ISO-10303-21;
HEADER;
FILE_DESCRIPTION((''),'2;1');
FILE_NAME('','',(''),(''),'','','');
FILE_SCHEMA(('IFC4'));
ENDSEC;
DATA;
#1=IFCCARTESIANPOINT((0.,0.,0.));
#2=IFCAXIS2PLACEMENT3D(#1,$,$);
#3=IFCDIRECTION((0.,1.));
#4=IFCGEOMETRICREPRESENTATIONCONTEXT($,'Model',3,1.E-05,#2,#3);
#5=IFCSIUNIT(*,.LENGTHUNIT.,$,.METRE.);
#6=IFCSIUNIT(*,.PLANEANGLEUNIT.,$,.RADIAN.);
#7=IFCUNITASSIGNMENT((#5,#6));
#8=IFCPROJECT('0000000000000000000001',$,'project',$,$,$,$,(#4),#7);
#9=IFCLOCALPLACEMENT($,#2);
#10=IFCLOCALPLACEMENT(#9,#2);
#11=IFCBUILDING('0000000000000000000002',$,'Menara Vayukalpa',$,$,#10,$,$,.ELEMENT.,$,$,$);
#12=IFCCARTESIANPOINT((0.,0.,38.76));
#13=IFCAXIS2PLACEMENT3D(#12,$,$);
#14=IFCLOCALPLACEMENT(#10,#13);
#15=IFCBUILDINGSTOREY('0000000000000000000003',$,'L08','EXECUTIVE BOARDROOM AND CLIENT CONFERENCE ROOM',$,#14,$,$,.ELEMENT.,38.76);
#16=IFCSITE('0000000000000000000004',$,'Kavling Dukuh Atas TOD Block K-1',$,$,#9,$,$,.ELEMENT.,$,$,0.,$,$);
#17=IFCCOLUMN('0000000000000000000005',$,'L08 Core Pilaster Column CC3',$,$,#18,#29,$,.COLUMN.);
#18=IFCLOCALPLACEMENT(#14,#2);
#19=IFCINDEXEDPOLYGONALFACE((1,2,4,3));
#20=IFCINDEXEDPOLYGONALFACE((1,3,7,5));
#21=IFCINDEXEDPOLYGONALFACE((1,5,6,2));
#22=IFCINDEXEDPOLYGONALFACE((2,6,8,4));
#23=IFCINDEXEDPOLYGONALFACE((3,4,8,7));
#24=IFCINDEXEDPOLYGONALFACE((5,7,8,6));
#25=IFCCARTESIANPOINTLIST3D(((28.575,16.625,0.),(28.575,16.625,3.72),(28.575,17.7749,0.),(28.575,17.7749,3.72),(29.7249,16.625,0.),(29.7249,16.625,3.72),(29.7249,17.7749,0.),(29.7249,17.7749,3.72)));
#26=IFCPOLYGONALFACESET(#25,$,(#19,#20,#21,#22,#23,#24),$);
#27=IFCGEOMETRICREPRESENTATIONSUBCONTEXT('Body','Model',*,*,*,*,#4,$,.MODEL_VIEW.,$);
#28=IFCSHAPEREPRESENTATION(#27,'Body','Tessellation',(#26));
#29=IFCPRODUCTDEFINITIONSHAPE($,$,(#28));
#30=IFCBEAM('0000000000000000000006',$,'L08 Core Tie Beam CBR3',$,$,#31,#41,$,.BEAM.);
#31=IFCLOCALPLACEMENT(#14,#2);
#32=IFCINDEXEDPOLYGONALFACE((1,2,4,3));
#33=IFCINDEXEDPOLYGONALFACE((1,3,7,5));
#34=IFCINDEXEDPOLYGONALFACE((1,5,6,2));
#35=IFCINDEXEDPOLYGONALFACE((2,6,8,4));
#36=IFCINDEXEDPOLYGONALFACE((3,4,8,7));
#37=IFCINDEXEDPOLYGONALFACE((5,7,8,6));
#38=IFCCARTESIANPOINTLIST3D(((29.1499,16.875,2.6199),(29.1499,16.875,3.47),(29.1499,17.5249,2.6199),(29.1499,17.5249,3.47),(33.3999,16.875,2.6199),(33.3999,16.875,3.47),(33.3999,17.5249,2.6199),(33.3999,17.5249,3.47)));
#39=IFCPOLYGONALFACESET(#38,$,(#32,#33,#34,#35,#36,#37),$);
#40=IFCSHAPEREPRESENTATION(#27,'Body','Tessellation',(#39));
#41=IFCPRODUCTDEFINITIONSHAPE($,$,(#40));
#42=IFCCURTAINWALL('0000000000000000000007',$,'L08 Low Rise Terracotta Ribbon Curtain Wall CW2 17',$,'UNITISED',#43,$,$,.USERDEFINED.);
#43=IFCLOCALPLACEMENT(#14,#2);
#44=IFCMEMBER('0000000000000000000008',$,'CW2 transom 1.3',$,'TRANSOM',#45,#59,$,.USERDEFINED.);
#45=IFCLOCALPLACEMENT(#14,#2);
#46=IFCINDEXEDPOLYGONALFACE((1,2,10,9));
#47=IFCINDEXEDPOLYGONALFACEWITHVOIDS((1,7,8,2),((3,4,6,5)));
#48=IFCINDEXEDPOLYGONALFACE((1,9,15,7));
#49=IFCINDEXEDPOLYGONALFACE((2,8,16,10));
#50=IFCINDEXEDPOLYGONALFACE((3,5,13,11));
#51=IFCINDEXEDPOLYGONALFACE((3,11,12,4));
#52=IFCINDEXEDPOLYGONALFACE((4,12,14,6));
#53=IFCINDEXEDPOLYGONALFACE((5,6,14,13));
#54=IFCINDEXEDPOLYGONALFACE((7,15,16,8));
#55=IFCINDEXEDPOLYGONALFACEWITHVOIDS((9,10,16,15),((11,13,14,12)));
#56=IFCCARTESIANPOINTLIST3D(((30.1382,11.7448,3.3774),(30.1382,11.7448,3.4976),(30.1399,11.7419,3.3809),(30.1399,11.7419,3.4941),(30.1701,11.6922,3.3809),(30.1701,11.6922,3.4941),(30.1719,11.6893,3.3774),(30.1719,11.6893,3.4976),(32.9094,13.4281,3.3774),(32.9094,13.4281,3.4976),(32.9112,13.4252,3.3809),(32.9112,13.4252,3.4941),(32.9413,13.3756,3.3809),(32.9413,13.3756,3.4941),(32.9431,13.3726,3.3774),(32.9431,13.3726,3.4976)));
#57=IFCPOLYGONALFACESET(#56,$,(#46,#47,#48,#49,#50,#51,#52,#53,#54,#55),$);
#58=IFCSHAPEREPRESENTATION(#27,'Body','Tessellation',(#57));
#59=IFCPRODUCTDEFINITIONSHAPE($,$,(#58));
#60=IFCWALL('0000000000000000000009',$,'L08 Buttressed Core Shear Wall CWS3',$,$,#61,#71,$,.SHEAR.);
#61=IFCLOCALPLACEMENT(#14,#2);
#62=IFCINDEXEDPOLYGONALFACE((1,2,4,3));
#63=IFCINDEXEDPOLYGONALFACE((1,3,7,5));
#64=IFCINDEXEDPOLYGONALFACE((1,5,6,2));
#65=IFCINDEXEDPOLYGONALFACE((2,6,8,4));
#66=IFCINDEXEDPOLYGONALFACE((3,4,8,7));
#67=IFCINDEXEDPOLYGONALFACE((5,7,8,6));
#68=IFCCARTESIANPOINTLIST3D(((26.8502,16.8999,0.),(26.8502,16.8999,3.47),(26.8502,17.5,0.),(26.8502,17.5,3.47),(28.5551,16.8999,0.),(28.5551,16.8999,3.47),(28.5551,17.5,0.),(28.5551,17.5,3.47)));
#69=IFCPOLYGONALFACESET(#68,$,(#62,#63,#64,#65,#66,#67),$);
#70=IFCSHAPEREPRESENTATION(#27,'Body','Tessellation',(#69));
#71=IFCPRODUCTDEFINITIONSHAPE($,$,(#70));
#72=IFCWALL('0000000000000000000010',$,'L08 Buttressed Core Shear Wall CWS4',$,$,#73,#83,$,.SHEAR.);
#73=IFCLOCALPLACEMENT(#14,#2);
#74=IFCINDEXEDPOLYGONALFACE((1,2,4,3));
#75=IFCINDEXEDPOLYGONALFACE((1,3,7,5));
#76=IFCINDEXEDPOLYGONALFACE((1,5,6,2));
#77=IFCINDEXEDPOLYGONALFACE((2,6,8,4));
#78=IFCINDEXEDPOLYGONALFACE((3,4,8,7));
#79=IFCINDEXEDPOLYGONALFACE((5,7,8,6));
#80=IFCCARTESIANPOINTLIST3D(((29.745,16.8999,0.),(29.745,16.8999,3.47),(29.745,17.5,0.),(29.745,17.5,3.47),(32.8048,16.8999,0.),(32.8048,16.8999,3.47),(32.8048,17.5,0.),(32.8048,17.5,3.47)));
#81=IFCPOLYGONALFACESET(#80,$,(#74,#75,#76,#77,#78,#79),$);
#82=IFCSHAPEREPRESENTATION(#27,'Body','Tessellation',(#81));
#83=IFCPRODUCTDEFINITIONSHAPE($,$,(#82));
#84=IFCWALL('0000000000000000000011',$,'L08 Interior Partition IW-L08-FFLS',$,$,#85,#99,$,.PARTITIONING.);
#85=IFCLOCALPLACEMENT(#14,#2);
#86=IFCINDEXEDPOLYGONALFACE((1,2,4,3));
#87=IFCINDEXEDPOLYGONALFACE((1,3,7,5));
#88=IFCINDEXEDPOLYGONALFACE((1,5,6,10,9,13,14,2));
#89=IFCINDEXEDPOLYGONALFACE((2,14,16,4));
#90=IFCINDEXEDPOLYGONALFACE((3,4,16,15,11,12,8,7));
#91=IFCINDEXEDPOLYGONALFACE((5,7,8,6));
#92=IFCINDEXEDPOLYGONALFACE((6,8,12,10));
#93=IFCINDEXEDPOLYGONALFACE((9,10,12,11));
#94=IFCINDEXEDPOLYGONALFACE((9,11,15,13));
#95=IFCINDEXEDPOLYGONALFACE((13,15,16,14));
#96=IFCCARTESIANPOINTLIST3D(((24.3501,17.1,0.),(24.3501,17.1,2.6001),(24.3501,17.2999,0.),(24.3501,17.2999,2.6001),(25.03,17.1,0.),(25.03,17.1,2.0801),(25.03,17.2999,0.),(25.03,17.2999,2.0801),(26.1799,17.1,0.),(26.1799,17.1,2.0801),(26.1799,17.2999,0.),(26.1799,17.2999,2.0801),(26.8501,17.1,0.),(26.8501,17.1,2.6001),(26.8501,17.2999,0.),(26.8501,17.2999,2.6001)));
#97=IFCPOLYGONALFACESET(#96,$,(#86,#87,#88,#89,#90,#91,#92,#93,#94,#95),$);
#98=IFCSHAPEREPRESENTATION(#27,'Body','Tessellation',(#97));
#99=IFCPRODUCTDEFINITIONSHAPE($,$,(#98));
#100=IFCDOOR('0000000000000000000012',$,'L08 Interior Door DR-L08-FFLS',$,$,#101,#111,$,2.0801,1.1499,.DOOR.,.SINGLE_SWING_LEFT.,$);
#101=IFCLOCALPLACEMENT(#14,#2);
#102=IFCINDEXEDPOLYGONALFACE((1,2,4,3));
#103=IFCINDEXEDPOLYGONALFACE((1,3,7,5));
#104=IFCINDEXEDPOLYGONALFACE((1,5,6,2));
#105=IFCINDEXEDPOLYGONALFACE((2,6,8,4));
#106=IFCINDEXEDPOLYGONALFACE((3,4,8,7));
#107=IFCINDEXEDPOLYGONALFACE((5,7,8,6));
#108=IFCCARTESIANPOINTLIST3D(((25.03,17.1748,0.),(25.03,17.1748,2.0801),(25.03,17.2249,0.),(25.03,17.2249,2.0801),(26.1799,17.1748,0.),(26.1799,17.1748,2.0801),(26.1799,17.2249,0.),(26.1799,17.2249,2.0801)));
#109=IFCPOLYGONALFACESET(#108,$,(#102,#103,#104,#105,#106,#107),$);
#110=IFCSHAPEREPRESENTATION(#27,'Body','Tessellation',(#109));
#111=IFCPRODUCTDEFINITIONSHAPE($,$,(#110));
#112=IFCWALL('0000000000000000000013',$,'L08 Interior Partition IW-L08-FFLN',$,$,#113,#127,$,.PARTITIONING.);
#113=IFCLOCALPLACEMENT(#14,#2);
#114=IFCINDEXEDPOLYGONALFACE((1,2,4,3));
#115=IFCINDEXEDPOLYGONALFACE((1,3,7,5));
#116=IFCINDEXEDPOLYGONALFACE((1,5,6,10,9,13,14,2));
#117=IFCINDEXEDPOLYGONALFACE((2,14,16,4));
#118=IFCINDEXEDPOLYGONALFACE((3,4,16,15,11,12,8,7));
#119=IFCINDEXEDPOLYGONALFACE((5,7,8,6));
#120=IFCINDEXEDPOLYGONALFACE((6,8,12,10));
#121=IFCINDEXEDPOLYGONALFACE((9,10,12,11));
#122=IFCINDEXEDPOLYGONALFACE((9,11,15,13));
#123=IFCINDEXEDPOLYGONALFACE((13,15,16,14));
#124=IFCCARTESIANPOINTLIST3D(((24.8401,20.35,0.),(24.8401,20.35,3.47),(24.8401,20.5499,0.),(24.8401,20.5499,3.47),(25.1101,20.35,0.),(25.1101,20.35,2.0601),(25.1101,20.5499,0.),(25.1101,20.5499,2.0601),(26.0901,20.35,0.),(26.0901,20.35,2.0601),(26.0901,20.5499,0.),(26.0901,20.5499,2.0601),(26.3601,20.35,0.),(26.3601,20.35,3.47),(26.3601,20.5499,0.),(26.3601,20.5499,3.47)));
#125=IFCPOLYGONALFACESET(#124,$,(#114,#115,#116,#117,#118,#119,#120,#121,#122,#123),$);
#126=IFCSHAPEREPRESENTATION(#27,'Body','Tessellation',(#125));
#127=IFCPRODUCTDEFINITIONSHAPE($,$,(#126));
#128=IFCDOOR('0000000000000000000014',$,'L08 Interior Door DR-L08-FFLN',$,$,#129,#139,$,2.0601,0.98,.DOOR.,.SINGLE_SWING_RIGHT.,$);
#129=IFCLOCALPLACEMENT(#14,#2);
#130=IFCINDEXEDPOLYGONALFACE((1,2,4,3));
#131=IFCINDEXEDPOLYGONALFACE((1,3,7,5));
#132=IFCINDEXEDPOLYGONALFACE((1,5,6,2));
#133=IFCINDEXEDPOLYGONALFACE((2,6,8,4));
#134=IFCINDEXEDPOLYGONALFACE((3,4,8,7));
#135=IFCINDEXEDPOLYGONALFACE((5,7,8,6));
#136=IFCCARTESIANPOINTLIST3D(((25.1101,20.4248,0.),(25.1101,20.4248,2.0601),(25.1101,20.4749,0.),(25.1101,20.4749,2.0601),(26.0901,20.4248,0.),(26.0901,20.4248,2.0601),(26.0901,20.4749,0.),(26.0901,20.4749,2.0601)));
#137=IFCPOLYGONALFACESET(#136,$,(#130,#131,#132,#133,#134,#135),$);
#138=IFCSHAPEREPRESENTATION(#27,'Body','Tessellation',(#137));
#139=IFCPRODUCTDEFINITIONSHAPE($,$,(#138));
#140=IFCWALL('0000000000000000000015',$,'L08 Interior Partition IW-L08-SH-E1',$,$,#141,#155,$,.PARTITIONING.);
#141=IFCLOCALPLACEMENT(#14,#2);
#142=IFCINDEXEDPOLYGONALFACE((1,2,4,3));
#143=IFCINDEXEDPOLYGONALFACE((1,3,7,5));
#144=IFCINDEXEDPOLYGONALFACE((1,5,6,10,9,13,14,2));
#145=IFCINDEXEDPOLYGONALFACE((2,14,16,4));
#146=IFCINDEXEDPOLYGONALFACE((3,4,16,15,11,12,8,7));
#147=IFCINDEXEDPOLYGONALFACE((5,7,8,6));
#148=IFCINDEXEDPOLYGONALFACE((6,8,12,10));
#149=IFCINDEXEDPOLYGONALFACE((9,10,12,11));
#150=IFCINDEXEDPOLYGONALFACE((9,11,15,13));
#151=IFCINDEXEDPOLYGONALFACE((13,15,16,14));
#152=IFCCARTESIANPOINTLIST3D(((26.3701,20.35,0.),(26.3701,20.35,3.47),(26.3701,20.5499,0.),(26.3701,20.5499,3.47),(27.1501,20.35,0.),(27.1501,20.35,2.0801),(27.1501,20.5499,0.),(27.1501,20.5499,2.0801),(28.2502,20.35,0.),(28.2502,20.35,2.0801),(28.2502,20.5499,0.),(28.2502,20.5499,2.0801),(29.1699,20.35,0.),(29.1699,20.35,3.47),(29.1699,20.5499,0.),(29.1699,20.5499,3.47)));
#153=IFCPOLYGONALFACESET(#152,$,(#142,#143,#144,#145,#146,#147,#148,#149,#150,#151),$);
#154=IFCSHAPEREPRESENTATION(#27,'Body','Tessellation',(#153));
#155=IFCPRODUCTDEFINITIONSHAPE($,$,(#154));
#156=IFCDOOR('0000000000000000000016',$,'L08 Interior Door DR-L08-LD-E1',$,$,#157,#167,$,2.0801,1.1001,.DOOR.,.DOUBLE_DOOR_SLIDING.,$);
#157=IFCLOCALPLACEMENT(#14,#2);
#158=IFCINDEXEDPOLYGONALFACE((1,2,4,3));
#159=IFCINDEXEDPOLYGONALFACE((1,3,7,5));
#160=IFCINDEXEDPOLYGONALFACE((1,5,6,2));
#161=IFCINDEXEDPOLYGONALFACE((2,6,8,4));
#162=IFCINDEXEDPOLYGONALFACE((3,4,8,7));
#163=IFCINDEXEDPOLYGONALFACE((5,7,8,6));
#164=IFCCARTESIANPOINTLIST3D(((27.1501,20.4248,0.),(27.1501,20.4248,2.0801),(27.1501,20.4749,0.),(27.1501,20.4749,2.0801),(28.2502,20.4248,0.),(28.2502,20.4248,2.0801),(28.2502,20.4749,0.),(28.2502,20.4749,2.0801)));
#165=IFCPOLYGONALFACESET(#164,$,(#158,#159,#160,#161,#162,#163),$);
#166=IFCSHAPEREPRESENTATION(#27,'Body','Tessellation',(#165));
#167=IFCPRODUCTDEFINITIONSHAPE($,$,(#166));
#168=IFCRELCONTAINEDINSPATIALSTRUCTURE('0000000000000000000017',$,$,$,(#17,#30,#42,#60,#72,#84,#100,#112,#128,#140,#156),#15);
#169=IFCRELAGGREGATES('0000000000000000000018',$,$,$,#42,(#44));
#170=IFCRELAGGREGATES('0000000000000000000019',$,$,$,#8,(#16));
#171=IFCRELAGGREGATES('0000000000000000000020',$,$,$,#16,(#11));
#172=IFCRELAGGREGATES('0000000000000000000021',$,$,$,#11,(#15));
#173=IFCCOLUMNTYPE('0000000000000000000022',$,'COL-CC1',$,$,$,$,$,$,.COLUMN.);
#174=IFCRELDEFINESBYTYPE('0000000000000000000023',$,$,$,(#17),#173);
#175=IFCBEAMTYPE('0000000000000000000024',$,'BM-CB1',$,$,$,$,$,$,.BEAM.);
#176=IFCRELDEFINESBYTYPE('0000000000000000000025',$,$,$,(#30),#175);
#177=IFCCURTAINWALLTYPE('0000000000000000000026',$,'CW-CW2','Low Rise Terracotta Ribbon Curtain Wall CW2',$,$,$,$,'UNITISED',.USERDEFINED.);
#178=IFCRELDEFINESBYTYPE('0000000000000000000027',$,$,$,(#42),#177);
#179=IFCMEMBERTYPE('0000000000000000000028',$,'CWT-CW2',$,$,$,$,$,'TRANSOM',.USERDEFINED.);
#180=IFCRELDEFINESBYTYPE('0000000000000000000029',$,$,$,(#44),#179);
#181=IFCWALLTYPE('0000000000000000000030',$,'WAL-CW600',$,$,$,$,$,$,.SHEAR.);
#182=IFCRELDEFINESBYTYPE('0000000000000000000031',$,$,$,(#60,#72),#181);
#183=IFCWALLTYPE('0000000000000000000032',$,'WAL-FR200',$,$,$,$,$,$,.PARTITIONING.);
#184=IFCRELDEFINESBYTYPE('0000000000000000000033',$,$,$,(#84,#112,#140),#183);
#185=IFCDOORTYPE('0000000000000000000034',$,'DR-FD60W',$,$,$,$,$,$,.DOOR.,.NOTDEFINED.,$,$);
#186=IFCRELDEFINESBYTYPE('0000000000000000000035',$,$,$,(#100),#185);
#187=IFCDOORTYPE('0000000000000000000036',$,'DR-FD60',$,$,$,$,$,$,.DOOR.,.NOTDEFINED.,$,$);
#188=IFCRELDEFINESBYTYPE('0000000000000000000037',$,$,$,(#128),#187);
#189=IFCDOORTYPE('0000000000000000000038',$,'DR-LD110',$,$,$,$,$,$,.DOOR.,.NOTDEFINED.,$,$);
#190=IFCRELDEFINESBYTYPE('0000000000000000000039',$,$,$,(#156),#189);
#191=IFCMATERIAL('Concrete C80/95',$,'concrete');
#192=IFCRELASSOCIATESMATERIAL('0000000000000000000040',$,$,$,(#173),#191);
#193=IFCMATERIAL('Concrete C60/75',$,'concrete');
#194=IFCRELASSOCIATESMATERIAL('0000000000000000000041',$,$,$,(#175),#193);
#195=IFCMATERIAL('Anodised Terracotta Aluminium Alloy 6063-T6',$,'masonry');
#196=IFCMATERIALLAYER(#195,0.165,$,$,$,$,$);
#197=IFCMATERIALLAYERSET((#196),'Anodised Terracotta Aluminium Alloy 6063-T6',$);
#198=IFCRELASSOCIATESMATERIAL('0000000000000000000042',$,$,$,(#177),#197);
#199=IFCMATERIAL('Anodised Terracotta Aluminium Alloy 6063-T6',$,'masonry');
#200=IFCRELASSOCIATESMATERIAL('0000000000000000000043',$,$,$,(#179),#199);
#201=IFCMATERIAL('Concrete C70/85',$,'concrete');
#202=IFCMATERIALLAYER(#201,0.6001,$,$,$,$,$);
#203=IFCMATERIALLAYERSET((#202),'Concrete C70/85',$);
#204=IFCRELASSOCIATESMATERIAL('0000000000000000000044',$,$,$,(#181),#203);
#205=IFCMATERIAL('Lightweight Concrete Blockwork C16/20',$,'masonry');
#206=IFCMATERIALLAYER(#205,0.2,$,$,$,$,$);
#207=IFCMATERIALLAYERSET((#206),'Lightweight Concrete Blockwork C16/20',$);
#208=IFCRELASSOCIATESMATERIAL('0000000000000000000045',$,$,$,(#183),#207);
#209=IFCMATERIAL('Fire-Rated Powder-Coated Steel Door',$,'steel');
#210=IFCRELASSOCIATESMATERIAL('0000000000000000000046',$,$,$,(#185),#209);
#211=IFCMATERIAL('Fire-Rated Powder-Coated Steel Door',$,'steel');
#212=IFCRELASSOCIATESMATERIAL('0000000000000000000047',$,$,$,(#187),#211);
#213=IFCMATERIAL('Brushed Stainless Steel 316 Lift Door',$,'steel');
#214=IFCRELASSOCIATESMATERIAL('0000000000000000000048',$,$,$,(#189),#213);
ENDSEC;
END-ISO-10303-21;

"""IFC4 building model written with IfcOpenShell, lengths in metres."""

from ifc_helpers import new_model, si_unit, direction, frame, frame_2d, origin, origin_2d, place, context, subcontext, project, spatial, rectangle, hollow_rectangle, extrude, material, layer, layer_set, material_profile, profile_set, type_object, element, fill, aggregate, save


model = new_model("IFC4")

# Units and contexts
model_context = context("Model", 3, precision=1e-05, world=origin(), true_north=direction((0.0, 1.0)))
body_context = subcontext(model_context, "Body", "Model", "MODEL_VIEW")
ifc_project = project(units=[si_unit("LENGTHUNIT", "METRE"), si_unit("PLANEANGLEUNIT", "RADIAN")], contexts=[model_context])

# Site, building, storey
site_placement = place(None, origin())
site = spatial("IfcSite", under=ifc_project, at=site_placement, Name="Kavling Dukuh Atas TOD Block K-1", CompositionType="ELEMENT", RefElevation=0.0)
building_placement = place(site_placement, origin())
building = spatial("IfcBuilding", under=site, at=building_placement, Name="Menara Vayukalpa", CompositionType="ELEMENT")
storey_placement = place(building_placement, frame((0.0, 0.0, 38.76)))
storey = spatial("IfcBuildingStorey", under=building, at=storey_placement, Name="L08", Description="EXECUTIVE BOARDROOM AND CLIENT CONFERENCE ROOM", CompositionType="ELEMENT", Elevation=38.76)

# Column
ifc_material_1 = material(Name="Concrete C80/95", Category="concrete")
ifc_material_profile_1 = material_profile(ifc_material_1, rectangle(XDim=1.1499, YDim=1.1499, at=origin_2d()), Name="RC 1150x1150")
ifc_profile_set_1 = profile_set([ifc_material_profile_1], Name="Concrete C80/95")
column_type = type_object("IfcColumnType", Name="COL-CC1", PredefinedType="COLUMN", material=ifc_profile_set_1)
column_placement = place(storey_placement, frame((29.1499, 17.2, 0.0), z_axis=(0.0, 0.0, 1.0), x_axis=(1.0, 0.0, 0.0)))
element("IfcColumn", 1, at=column_placement, inside=storey, type_object=column_type, Name="L08 Core Pilaster Column CC3", PredefinedType="COLUMN", context=body_context, shape_type="SweptSolid", body=[
    extrude(rectangle(XDim=1.1499, YDim=1.1499, at=origin_2d()), origin(), (0.0, 0.0, 1.0), 3.72),
])

# Beam
ifc_material_2 = material(Name="Concrete C60/75", Category="concrete")
ifc_material_profile_2 = material_profile(ifc_material_2, rectangle(XDim=0.6499, YDim=0.8501, at=origin_2d()), Name="RC 650x850")
ifc_profile_set_2 = profile_set([ifc_material_profile_2], Name="Concrete C60/75")
beam_type = type_object("IfcBeamType", Name="BM-CB1", PredefinedType="BEAM", material=ifc_profile_set_2)
beam_placement = place(storey_placement, frame((29.1499, 17.2, 3.0449), z_axis=(1.0, 0.0, 0.0), x_axis=(0.0, 1.0, 0.0)))
element("IfcBeam", 2, at=beam_placement, inside=storey, type_object=beam_type, Name="L08 Core Tie Beam CBR3", PredefinedType="BEAM", context=body_context, shape_type="SweptSolid", body=[
    extrude(rectangle(XDim=0.6499, YDim=0.8501, at=origin_2d()), origin(), (0.0, 0.0, 1.0), 4.25),
])

# Curtain wall, member
ifc_material_3 = material(Name="Anodised Terracotta Aluminium Alloy 6063-T6", Category="masonry")
ifc_layer_1 = layer(ifc_material_3, 0.165)
ifc_layer_set_1 = layer_set([ifc_layer_1], Name="Anodised Terracotta Aluminium Alloy 6063-T6")
curtain_wall_type = type_object("IfcCurtainWallType", Name="CW-CW2", Description="Low Rise Terracotta Ribbon Curtain Wall CW2", ElementType="UNITISED", PredefinedType="USERDEFINED", material=ifc_layer_set_1)
curtain_wall_placement = place(storey_placement, origin())
curtain_wall = element("IfcCurtainWall", 3, at=curtain_wall_placement, inside=storey, type_object=curtain_wall_type, Name="L08 Low Rise Terracotta Ribbon Curtain Wall CW2 17", ObjectType="UNITISED", PredefinedType="USERDEFINED")
ifc_material_4 = material(Name="Anodised Terracotta Aluminium Alloy 6063-T6", Category="masonry")
ifc_material_profile_3 = material_profile(ifc_material_4, hollow_rectangle(XDim=0.0649, YDim=0.1201, WallThickness=0.0034, at=origin_2d()), Name="ALU 65x120x3.5")
ifc_profile_set_3 = profile_set([ifc_material_profile_3], Name="Anodised Terracotta Aluminium Alloy 6063-T6")
member_type = type_object("IfcMemberType", Name="CWT-CW2", ElementType="TRANSOM", PredefinedType="USERDEFINED", material=ifc_profile_set_3)
member_placement = place(storey_placement, frame((30.155, 11.717, 3.4375), z_axis=(0.854677, 0.519161, 0.0), x_axis=(-0.519161, 0.854677, 0.0)))
member = element("IfcMember", 4, at=member_placement, type_object=member_type, Name="CW2 transom 1.3", ObjectType="TRANSOM", PredefinedType="USERDEFINED", context=body_context, shape_type="SweptSolid", body=[
    extrude(hollow_rectangle(XDim=0.0649, YDim=0.1201, WallThickness=0.0034, at=origin_2d()), origin(), (0.0, 0.0, 1.0), 3.2424),
])
aggregate(curtain_wall, [member])

# Walls
ifc_material_5 = material(Name="Concrete C70/85", Category="concrete")
ifc_layer_2 = layer(ifc_material_5, 0.6001)
ifc_layer_set_2 = layer_set([ifc_layer_2], Name="Concrete C70/85")
wall_type_1 = type_object("IfcWallType", Name="WAL-CW600", PredefinedType="SHEAR", material=ifc_layer_set_2)
wall_1_placement = place(storey_placement, frame((26.8501, 17.2, 0.0), z_axis=(0.0, 0.0, 1.0), x_axis=(1.0, 0.0, 0.0)))
element("IfcWall", 5, at=wall_1_placement, inside=storey, type_object=wall_type_1, Name="L08 Buttressed Core Shear Wall CWS3", PredefinedType="SHEAR", context=body_context, shape_type="SweptSolid", body=[
    extrude(rectangle(XDim=1.7048, YDim=0.6001, at=frame_2d((0.8525, 0.0))), origin(), (0.0, 0.0, 1.0), 3.47),
])
wall_2_placement = place(storey_placement, frame((29.7451, 17.2, 0.0), z_axis=(0.0, 0.0, 1.0), x_axis=(1.0, 0.0, 0.0)))
element("IfcWall", 6, at=wall_2_placement, inside=storey, type_object=wall_type_1, Name="L08 Buttressed Core Shear Wall CWS4", PredefinedType="SHEAR", context=body_context, shape_type="SweptSolid", body=[
    extrude(rectangle(XDim=3.0598, YDim=0.6001, at=frame_2d((1.5298, 0.0))), origin(), (0.0, 0.0, 1.0), 3.47),
])

# Walls, openings, doors
ifc_material_6 = material(Name="Lightweight Concrete Blockwork C16/20", Category="masonry")
ifc_layer_3 = layer(ifc_material_6, 0.2)
ifc_layer_set_3 = layer_set([ifc_layer_3], Name="Lightweight Concrete Blockwork C16/20")
wall_type_2 = type_object("IfcWallType", Name="WAL-FR200", PredefinedType="PARTITIONING", material=ifc_layer_set_3)
wall_3_placement = place(storey_placement, frame((24.3501, 17.2, 0.0), z_axis=(0.0, 0.0, 1.0), x_axis=(1.0, 0.0, 0.0)))
wall_3 = element("IfcWall", 7, at=wall_3_placement, inside=storey, type_object=wall_type_2, Name="L08 Interior Partition IW-L08-FFLS", PredefinedType="PARTITIONING", context=body_context, shape_type="SweptSolid", body=[
    extrude(rectangle(XDim=2.5, YDim=0.2, at=frame_2d((1.25, 0.0))), origin(), (0.0, 0.0, 1.0), 2.6001),
])
opening_1_placement = place(wall_3_placement, frame((0.6799, 0.0, 0.0)))
opening_1 = element("IfcOpeningElement", 8, at=opening_1_placement, cuts=wall_3, PredefinedType="OPENING", context=body_context, shape_type="SweptSolid", body=[
    extrude(rectangle(XDim=1.1499, YDim=2.0801, at=frame_2d((0.575, 1.04))), frame((0.0, 0.1099, 0.0), z_axis=(0.0, -1.0, 0.0), x_axis=(1.0, 0.0, 0.0)), (0.0, 0.0, 1.0), 0.22),
])
ifc_material_7 = material(Name="Fire-Rated Powder-Coated Steel Door", Category="steel")
door_type_1 = type_object("IfcDoorType", Name="DR-FD60W", OperationType="NOTDEFINED", PredefinedType="DOOR", material=ifc_material_7)
door_1_placement = place(opening_1_placement, origin())
door_1 = element("IfcDoor", 9, at=door_1_placement, inside=storey, type_object=door_type_1, Name="L08 Interior Door DR-L08-FFLS", OperationType="SINGLE_SWING_LEFT", OverallHeight=2.0801, OverallWidth=1.1499, PredefinedType="DOOR", context=body_context, shape_type="SweptSolid", body=[
    extrude(rectangle(XDim=1.1499, YDim=2.0801, at=frame_2d((0.575, 1.04))), frame((0.0, 0.0249, 0.0), z_axis=(0.0, -1.0, 0.0), x_axis=(1.0, 0.0, 0.0)), (0.0, 0.0, 1.0), 0.05),
])
fill(opening_1, door_1)
wall_4_placement = place(storey_placement, frame((24.8401, 20.45, 0.0), z_axis=(0.0, 0.0, 1.0), x_axis=(1.0, 0.0, 0.0)))
wall_4 = element("IfcWall", 10, at=wall_4_placement, inside=storey, type_object=wall_type_2, Name="L08 Interior Partition IW-L08-FFLN", PredefinedType="PARTITIONING", context=body_context, shape_type="SweptSolid", body=[
    extrude(rectangle(XDim=1.52, YDim=0.2, at=frame_2d((0.76, 0.0))), origin(), (0.0, 0.0, 1.0), 3.47),
])
opening_2_placement = place(wall_4_placement, frame((0.27, 0.0, 0.0)))
opening_2 = element("IfcOpeningElement", 11, at=opening_2_placement, cuts=wall_4, PredefinedType="OPENING", context=body_context, shape_type="SweptSolid", body=[
    extrude(rectangle(XDim=0.98, YDim=2.0601, at=frame_2d((0.49, 1.03))), frame((0.0, 0.1099, 0.0), z_axis=(0.0, -1.0, 0.0), x_axis=(1.0, 0.0, 0.0)), (0.0, 0.0, 1.0), 0.22),
])
ifc_material_8 = material(Name="Fire-Rated Powder-Coated Steel Door", Category="steel")
door_type_2 = type_object("IfcDoorType", Name="DR-FD60", OperationType="NOTDEFINED", PredefinedType="DOOR", material=ifc_material_8)
door_2_placement = place(opening_2_placement, origin())
door_2 = element("IfcDoor", 12, at=door_2_placement, inside=storey, type_object=door_type_2, Name="L08 Interior Door DR-L08-FFLN", OperationType="SINGLE_SWING_RIGHT", OverallHeight=2.0601, OverallWidth=0.98, PredefinedType="DOOR", context=body_context, shape_type="SweptSolid", body=[
    extrude(rectangle(XDim=0.98, YDim=2.0601, at=frame_2d((0.49, 1.03))), frame((0.0, 0.0249, 0.0), z_axis=(0.0, -1.0, 0.0), x_axis=(1.0, 0.0, 0.0)), (0.0, 0.0, 1.0), 0.05),
])
fill(opening_2, door_2)
wall_5_placement = place(storey_placement, frame((26.3701, 20.45, 0.0), z_axis=(0.0, 0.0, 1.0), x_axis=(1.0, 0.0, 0.0)))
wall_5 = element("IfcWall", 13, at=wall_5_placement, inside=storey, type_object=wall_type_2, Name="L08 Interior Partition IW-L08-SH-E1", PredefinedType="PARTITIONING", context=body_context, shape_type="SweptSolid", body=[
    extrude(rectangle(XDim=2.7998, YDim=0.2, at=frame_2d((1.3999, 0.0))), origin(), (0.0, 0.0, 1.0), 3.47),
])
opening_3_placement = place(wall_5_placement, frame((0.78, 0.0, 0.0)))
opening_3 = element("IfcOpeningElement", 14, at=opening_3_placement, cuts=wall_5, PredefinedType="OPENING", context=body_context, shape_type="SweptSolid", body=[
    extrude(rectangle(XDim=1.1001, YDim=2.0801, at=frame_2d((0.55, 1.04))), frame((0.0, 0.1099, 0.0), z_axis=(0.0, -1.0, 0.0), x_axis=(1.0, 0.0, 0.0)), (0.0, 0.0, 1.0), 0.22),
])
ifc_material_9 = material(Name="Brushed Stainless Steel 316 Lift Door", Category="steel")
door_type_3 = type_object("IfcDoorType", Name="DR-LD110", OperationType="NOTDEFINED", PredefinedType="DOOR", material=ifc_material_9)
door_3_placement = place(opening_3_placement, origin())
door_3 = element("IfcDoor", 15, at=door_3_placement, inside=storey, type_object=door_type_3, Name="L08 Interior Door DR-L08-LD-E1", OperationType="DOUBLE_DOOR_SLIDING", OverallHeight=2.0801, OverallWidth=1.1001, PredefinedType="DOOR", context=body_context, shape_type="SweptSolid", body=[
    extrude(rectangle(XDim=1.1001, YDim=2.0801, at=frame_2d((0.55, 1.04))), frame((0.0, 0.0249, 0.0), z_axis=(0.0, -1.0, 0.0), x_axis=(1.0, 0.0, 0.0)), (0.0, 0.0, 1.0), 0.05),
])
fill(opening_3, door_3)

save(model, "model.ifc")
